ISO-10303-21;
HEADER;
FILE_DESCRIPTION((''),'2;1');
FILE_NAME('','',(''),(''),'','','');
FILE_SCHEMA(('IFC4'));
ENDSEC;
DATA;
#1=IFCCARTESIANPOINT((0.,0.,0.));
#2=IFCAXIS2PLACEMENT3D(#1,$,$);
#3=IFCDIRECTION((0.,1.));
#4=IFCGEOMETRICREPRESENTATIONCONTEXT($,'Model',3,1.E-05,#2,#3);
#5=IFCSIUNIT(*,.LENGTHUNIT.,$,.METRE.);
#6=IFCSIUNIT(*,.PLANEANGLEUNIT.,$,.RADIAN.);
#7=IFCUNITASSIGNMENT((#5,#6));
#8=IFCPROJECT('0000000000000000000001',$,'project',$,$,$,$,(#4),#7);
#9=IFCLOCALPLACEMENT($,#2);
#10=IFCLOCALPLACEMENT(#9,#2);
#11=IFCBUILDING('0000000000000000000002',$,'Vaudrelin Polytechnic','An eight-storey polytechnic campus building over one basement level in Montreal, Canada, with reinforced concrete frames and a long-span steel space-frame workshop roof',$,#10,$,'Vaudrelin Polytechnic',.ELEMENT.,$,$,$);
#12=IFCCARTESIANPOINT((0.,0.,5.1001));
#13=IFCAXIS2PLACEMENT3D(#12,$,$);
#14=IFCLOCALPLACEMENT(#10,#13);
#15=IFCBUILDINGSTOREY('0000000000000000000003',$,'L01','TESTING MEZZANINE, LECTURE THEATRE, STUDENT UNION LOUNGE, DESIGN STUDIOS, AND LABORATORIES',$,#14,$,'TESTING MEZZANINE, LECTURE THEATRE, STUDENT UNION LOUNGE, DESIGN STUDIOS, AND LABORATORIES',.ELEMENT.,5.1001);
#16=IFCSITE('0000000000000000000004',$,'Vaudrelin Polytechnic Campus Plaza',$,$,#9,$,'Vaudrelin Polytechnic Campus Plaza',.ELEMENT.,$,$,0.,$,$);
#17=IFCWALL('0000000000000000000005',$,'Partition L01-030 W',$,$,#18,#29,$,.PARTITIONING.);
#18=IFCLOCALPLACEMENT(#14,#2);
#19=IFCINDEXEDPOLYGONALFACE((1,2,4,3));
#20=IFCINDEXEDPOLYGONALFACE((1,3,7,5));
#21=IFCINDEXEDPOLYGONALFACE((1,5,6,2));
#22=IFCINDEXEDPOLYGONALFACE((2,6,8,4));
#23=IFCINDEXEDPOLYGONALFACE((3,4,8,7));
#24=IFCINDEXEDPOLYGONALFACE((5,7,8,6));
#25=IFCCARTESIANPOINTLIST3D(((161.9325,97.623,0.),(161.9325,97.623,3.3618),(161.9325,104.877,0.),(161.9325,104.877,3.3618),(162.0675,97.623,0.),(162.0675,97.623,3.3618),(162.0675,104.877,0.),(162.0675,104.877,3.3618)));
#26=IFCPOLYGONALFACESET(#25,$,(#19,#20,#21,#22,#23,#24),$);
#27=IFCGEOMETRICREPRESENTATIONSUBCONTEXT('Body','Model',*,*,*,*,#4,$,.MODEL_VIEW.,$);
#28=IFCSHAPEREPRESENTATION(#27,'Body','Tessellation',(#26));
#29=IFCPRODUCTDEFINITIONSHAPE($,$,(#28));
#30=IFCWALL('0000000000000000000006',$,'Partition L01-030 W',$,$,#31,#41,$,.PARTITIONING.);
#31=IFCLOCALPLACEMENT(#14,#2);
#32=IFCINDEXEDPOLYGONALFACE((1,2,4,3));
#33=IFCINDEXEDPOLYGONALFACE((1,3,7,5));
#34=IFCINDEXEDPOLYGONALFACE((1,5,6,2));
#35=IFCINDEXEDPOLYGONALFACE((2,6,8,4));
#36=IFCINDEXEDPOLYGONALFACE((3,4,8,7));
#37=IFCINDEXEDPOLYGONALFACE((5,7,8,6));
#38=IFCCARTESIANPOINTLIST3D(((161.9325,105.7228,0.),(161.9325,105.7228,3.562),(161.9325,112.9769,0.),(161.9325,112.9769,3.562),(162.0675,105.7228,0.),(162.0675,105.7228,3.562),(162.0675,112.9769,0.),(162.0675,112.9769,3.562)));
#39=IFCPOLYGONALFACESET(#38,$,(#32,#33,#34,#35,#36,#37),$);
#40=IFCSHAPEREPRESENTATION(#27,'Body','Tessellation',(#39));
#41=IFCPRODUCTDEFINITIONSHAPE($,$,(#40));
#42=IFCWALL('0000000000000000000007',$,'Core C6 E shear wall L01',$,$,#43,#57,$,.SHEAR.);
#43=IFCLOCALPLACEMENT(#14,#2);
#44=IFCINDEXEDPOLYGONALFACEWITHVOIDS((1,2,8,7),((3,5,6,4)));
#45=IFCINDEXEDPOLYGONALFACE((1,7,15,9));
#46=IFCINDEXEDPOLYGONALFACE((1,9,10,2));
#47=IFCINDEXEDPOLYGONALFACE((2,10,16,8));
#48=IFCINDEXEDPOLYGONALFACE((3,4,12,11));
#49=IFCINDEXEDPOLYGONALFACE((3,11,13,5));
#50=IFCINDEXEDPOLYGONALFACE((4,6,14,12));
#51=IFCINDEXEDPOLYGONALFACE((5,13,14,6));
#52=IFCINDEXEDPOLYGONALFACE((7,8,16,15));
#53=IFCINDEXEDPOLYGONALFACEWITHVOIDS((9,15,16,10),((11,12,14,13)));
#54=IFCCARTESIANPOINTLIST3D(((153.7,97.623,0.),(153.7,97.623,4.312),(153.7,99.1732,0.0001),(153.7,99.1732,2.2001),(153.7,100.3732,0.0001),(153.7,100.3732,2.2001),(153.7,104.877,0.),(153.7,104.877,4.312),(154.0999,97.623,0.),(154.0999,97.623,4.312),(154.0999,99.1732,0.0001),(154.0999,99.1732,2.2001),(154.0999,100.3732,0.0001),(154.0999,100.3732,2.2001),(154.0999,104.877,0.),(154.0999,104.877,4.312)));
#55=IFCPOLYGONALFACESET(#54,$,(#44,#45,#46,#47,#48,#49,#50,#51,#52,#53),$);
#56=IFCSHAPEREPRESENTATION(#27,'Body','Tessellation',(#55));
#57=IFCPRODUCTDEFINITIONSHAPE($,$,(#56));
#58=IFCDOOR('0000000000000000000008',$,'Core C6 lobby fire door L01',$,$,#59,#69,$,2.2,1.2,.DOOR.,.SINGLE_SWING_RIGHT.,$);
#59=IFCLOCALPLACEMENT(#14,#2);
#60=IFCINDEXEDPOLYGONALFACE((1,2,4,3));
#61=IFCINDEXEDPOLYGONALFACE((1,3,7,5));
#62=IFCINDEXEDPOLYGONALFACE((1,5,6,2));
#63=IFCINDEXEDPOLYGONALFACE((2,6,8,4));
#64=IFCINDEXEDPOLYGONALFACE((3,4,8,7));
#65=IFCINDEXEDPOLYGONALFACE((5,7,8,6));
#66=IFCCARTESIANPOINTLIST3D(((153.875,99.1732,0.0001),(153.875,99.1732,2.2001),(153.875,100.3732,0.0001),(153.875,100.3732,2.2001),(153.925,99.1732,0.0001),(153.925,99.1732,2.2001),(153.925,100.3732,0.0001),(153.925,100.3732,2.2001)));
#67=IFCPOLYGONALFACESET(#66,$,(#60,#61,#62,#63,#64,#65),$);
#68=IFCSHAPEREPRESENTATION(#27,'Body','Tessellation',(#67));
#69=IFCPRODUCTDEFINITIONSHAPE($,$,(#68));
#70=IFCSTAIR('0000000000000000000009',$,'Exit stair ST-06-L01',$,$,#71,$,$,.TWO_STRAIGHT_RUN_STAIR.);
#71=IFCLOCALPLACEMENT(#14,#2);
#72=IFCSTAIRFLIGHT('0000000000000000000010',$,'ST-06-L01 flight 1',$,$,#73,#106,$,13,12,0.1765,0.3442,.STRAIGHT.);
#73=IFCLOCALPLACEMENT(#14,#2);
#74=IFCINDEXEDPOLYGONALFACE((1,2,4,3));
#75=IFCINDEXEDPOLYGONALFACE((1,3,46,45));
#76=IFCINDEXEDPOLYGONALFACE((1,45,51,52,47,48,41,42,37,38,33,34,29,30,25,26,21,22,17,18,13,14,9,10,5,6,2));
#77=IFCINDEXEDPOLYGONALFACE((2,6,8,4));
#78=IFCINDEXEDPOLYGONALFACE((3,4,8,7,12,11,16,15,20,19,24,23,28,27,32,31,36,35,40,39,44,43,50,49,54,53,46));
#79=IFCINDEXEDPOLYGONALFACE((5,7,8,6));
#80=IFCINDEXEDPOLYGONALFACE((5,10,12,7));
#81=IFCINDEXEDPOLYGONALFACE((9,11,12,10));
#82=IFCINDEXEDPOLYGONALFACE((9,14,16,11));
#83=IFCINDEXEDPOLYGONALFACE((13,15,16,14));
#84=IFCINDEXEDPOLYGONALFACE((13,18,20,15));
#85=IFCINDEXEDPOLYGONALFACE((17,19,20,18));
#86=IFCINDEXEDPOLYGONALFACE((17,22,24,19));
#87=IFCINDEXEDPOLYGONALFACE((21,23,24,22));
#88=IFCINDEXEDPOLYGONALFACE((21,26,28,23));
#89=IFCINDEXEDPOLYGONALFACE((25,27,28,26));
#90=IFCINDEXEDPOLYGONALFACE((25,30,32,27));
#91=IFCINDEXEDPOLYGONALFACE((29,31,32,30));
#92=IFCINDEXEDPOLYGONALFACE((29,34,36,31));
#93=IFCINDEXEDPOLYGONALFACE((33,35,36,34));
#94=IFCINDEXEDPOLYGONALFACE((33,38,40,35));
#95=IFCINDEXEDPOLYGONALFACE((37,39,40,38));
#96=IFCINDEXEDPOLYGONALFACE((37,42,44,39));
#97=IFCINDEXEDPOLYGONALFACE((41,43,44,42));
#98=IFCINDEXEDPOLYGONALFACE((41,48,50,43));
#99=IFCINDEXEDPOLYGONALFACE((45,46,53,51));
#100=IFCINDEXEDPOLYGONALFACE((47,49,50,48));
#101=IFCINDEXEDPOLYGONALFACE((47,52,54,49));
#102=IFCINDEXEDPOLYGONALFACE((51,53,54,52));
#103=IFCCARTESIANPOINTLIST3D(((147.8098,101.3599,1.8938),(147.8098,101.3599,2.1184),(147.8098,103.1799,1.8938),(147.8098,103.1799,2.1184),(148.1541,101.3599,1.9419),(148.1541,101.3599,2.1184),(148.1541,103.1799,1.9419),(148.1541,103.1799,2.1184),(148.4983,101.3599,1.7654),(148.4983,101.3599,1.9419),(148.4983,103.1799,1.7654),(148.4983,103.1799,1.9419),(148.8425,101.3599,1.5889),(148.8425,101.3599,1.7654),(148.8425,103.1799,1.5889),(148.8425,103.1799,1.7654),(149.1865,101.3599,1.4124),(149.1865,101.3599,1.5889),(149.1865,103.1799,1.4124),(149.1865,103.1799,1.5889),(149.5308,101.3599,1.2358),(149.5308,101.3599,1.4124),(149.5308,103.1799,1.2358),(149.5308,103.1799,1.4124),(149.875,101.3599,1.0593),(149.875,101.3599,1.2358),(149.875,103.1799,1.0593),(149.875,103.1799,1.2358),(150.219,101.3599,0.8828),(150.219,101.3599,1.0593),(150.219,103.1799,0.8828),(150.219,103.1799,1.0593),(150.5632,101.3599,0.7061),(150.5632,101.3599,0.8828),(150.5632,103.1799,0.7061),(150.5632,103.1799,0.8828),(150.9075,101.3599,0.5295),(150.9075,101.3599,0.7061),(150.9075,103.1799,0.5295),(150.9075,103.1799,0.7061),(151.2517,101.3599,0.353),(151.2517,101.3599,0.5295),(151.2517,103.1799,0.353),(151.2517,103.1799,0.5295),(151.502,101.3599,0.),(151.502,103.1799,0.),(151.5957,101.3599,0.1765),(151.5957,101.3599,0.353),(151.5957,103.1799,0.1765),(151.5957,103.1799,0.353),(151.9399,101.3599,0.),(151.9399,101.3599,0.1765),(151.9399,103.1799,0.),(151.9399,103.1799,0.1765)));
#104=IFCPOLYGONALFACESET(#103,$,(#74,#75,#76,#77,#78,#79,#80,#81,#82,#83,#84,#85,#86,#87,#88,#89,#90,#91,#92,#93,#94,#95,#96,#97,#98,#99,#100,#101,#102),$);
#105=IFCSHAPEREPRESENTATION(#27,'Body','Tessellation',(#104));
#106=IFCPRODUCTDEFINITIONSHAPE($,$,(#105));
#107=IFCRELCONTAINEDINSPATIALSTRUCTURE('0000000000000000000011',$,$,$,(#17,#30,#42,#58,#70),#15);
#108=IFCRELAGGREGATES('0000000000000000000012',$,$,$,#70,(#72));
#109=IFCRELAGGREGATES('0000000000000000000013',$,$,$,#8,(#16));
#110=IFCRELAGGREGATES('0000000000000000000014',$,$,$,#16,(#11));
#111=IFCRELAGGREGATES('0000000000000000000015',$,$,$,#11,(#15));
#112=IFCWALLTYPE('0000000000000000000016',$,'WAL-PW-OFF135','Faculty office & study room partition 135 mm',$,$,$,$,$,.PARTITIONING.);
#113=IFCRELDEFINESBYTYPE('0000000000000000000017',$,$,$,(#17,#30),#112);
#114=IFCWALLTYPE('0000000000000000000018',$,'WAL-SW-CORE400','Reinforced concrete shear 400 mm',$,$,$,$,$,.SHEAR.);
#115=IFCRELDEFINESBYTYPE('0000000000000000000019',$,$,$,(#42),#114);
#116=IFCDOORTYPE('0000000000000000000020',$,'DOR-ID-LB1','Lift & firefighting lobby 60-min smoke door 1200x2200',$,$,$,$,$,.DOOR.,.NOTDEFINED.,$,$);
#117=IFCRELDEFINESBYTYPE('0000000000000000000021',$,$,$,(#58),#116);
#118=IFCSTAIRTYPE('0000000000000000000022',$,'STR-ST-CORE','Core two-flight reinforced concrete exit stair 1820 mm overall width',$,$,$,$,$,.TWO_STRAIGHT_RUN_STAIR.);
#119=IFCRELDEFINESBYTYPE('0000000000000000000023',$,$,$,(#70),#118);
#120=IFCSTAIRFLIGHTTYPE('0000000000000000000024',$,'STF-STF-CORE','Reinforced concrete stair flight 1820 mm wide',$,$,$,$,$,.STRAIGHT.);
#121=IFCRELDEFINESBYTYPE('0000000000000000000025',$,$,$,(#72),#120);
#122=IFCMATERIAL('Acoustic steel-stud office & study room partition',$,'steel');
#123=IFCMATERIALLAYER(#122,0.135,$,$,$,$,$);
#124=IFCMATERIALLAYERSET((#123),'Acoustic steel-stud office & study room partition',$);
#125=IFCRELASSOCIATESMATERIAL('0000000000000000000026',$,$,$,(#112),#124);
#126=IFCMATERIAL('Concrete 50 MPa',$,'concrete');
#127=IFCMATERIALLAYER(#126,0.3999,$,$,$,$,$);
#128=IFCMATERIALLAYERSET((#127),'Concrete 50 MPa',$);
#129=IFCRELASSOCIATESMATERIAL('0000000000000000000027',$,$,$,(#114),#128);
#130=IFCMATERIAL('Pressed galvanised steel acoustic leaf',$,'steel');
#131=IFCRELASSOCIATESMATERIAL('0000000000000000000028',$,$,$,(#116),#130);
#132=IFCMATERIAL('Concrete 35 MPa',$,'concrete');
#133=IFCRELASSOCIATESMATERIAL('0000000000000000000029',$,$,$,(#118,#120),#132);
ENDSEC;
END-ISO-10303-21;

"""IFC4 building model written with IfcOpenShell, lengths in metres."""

from ifc_helpers import new_model, si_unit, direction, frame, frame_2d, origin, place, context, subcontext, project, spatial, polyline, rectangle, outline, extrude, material, layer, layer_set, type_object, element, fill, aggregate, save


model = new_model("IFC4")

# Units and contexts
model_context = context("Model", 3, precision=1e-05, world=origin(), true_north=direction((0.0, 1.0)))
body_context = subcontext(model_context, "Body", "Model", "MODEL_VIEW")
ifc_project = project(units=[si_unit("LENGTHUNIT", "METRE"), si_unit("PLANEANGLEUNIT", "RADIAN")], contexts=[model_context])

# Site, building, storey
site_placement = place(None, origin())
site = spatial("IfcSite", under=ifc_project, at=site_placement, Name="Vaudrelin Polytechnic Campus Plaza", LongName="Vaudrelin Polytechnic Campus Plaza", CompositionType="ELEMENT", RefElevation=0.0)
building_placement = place(site_placement, origin())
building = spatial("IfcBuilding", under=site, at=building_placement, Name="Vaudrelin Polytechnic", Description="An eight-storey polytechnic campus building over one basement level in Montreal, Canada, with reinforced concrete frames and a long-span steel space-frame workshop roof", LongName="Vaudrelin Polytechnic", CompositionType="ELEMENT")
storey_placement = place(building_placement, frame((0.0, 0.0, 5.1001)))
storey = spatial("IfcBuildingStorey", under=building, at=storey_placement, Name="L01", Description="TESTING MEZZANINE, LECTURE THEATRE, STUDENT UNION LOUNGE, DESIGN STUDIOS, AND LABORATORIES", LongName="TESTING MEZZANINE, LECTURE THEATRE, STUDENT UNION LOUNGE, DESIGN STUDIOS, AND LABORATORIES", CompositionType="ELEMENT", Elevation=5.1001)

# Shared definitions
ifc_material_1 = material(Name="Concrete 50 MPa", Category="concrete")

# Shared definitions
ifc_material_2 = material(Name="Pressed galvanised steel acoustic leaf", Category="steel")

# Walls
ifc_material_3 = material(Name="Acoustic steel-stud office & study room partition", Category="steel")
ifc_layer_1 = layer(ifc_material_3, 0.135)
ifc_layer_set_1 = layer_set([ifc_layer_1], Name="Acoustic steel-stud office & study room partition")
wall_type_1 = type_object("IfcWallType", Name="WAL-PW-OFF135", Description="Faculty office & study room partition 135 mm", PredefinedType="PARTITIONING", material=ifc_layer_set_1)
wall_1_placement = place(storey_placement, frame((162.0, 97.623, 0.0), z_axis=(0.0, 0.0, 1.0), x_axis=(0.0, 1.0, 0.0)))
element("IfcWall", 1, at=wall_1_placement, inside=storey, type_object=wall_type_1, Name="Partition L01-030 W", PredefinedType="PARTITIONING", context=body_context, shape_type="SweptSolid", body=[
    extrude(rectangle(XDim=7.2539, YDim=0.135, at=frame_2d((3.627, 0.0))), origin(), (0.0, 0.0, 1.0), 3.3618),
])
wall_2_placement = place(storey_placement, frame((162.0, 105.7229, 0.0), z_axis=(0.0, 0.0, 1.0), x_axis=(0.0, 1.0, 0.0)))
element("IfcWall", 2, at=wall_2_placement, inside=storey, type_object=wall_type_1, Name="Partition L01-030 W", PredefinedType="PARTITIONING", context=body_context, shape_type="SweptSolid", body=[
    extrude(rectangle(XDim=7.2542, YDim=0.135, at=frame_2d((3.627, 0.0))), origin(), (0.0, 0.0, 1.0), 3.562),
])

# Wall, opening, door
ifc_layer_2 = layer(ifc_material_1, 0.3999)
ifc_layer_set_2 = layer_set([ifc_layer_2], Name="Concrete 50 MPa")
wall_type_2 = type_object("IfcWallType", Name="WAL-SW-CORE400", Description="Reinforced concrete shear 400 mm", PredefinedType="SHEAR", material=ifc_layer_set_2)
wall_3_placement = place(storey_placement, frame((153.8999, 97.623, 0.0), z_axis=(0.0, 0.0, 1.0), x_axis=(0.0, 1.0, 0.0)))
wall_3 = element("IfcWall", 3, at=wall_3_placement, inside=storey, type_object=wall_type_2, Name="Core C6 E shear wall L01", PredefinedType="SHEAR", context=body_context, shape_type="SweptSolid", body=[
    extrude(rectangle(XDim=7.2539, YDim=0.3999, at=frame_2d((3.627, 0.0))), origin(), (0.0, 0.0, 1.0), 4.312),
])
opening_1_placement = place(wall_3_placement, frame((1.55, 0.0, 0.0)))
opening_1 = element("IfcOpeningElement", 4, at=opening_1_placement, cuts=wall_3, PredefinedType="OPENING", context=body_context, shape_type="SweptSolid", body=[
    extrude(rectangle(XDim=1.2, YDim=2.2, at=frame_2d((0.6001, 1.1001))), frame((0.0, 0.21, 0.0), z_axis=(0.0, -1.0, 0.0), x_axis=(1.0, 0.0, 0.0)), (0.0, 0.0, 1.0), 0.4199),
])
door_type_1 = type_object("IfcDoorType", Name="DOR-ID-LB1", Description="Lift & firefighting lobby 60-min smoke door 1200x2200", OperationType="NOTDEFINED", PredefinedType="DOOR", material=ifc_material_2)
door_1_placement = place(opening_1_placement, origin())
door_1 = element("IfcDoor", 5, at=door_1_placement, inside=storey, type_object=door_type_1, Name="Core C6 lobby fire door L01", OperationType="SINGLE_SWING_RIGHT", OverallHeight=2.2, OverallWidth=1.2, PredefinedType="DOOR", context=body_context, shape_type="SweptSolid", body=[
    extrude(rectangle(XDim=1.2, YDim=2.2, at=frame_2d((0.6001, 1.1001))), frame((0.0, 0.0249, 0.0), z_axis=(0.0, -1.0, 0.0), x_axis=(1.0, 0.0, 0.0)), (0.0, 0.0, 1.0), 0.05),
])
fill(opening_1, door_1)

# Stair, stair flight
ifc_material_4 = material(Name="Concrete 35 MPa", Category="concrete")
stair_type = type_object("IfcStairType", Name="STR-ST-CORE", Description="Core two-flight reinforced concrete exit stair 1820 mm overall width", PredefinedType="TWO_STRAIGHT_RUN_STAIR", material=ifc_material_4)
stair_placement = place(storey_placement, origin())
stair = element("IfcStair", 6, at=stair_placement, inside=storey, type_object=stair_type, Name="Exit stair ST-06-L01", PredefinedType="TWO_STRAIGHT_RUN_STAIR")
stair_flight_type = type_object("IfcStairFlightType", Name="STF-STF-CORE", Description="Reinforced concrete stair flight 1820 mm wide", PredefinedType="STRAIGHT", material=ifc_material_4)
stair_flight_placement = place(storey_placement, frame((151.9399, 102.27, 0.0), z_axis=(0.0, 0.0, 1.0), x_axis=(-1.0, 0.0, 0.0)))
stair_flight = element("IfcStairFlight", 7, at=stair_flight_placement, type_object=stair_flight_type, Name="ST-06-L01 flight 1", NumberOfRisers=13, NumberOfTreads=12, PredefinedType="STRAIGHT", RiserHeight=0.1765, TreadLength=0.3442, context=body_context, shape_type="SweptSolid", body=[
    extrude(outline(polyline([(0.0, 0.0), (0.0, 0.1765), (0.3442, 0.1765), (0.3442, 0.353), (0.6882, 0.353), (0.6882, 0.5295), (1.0325, 0.5295), (1.0325, 0.7061), (1.3767, 0.7061), (1.3767, 0.8828), (1.7209, 0.8828), (1.7209, 1.0593), (2.0649, 1.0593), (2.0649, 1.2358), (2.4092, 1.2358), (2.4092, 1.4124), (2.7534, 1.4124), (2.7534, 1.5889), (3.0974, 1.5889), (3.0974, 1.7654), (3.4417, 1.7654), (3.4417, 1.9419), (3.7859, 1.9419), (3.7859, 2.1184), (4.1301, 2.1184), (4.1301, 2.2949), (4.1301, 1.8938), (0.438, 0.0), (0.0, 0.0)])), frame((0.0, 0.9102, 0.0), z_axis=(0.0, -1.0, 0.0), x_axis=(1.0, 0.0, 0.0)), (0.0, 0.0, 1.0), 1.8201),
])
aggregate(stair, [stair_flight])

save(model, "model.ifc")
